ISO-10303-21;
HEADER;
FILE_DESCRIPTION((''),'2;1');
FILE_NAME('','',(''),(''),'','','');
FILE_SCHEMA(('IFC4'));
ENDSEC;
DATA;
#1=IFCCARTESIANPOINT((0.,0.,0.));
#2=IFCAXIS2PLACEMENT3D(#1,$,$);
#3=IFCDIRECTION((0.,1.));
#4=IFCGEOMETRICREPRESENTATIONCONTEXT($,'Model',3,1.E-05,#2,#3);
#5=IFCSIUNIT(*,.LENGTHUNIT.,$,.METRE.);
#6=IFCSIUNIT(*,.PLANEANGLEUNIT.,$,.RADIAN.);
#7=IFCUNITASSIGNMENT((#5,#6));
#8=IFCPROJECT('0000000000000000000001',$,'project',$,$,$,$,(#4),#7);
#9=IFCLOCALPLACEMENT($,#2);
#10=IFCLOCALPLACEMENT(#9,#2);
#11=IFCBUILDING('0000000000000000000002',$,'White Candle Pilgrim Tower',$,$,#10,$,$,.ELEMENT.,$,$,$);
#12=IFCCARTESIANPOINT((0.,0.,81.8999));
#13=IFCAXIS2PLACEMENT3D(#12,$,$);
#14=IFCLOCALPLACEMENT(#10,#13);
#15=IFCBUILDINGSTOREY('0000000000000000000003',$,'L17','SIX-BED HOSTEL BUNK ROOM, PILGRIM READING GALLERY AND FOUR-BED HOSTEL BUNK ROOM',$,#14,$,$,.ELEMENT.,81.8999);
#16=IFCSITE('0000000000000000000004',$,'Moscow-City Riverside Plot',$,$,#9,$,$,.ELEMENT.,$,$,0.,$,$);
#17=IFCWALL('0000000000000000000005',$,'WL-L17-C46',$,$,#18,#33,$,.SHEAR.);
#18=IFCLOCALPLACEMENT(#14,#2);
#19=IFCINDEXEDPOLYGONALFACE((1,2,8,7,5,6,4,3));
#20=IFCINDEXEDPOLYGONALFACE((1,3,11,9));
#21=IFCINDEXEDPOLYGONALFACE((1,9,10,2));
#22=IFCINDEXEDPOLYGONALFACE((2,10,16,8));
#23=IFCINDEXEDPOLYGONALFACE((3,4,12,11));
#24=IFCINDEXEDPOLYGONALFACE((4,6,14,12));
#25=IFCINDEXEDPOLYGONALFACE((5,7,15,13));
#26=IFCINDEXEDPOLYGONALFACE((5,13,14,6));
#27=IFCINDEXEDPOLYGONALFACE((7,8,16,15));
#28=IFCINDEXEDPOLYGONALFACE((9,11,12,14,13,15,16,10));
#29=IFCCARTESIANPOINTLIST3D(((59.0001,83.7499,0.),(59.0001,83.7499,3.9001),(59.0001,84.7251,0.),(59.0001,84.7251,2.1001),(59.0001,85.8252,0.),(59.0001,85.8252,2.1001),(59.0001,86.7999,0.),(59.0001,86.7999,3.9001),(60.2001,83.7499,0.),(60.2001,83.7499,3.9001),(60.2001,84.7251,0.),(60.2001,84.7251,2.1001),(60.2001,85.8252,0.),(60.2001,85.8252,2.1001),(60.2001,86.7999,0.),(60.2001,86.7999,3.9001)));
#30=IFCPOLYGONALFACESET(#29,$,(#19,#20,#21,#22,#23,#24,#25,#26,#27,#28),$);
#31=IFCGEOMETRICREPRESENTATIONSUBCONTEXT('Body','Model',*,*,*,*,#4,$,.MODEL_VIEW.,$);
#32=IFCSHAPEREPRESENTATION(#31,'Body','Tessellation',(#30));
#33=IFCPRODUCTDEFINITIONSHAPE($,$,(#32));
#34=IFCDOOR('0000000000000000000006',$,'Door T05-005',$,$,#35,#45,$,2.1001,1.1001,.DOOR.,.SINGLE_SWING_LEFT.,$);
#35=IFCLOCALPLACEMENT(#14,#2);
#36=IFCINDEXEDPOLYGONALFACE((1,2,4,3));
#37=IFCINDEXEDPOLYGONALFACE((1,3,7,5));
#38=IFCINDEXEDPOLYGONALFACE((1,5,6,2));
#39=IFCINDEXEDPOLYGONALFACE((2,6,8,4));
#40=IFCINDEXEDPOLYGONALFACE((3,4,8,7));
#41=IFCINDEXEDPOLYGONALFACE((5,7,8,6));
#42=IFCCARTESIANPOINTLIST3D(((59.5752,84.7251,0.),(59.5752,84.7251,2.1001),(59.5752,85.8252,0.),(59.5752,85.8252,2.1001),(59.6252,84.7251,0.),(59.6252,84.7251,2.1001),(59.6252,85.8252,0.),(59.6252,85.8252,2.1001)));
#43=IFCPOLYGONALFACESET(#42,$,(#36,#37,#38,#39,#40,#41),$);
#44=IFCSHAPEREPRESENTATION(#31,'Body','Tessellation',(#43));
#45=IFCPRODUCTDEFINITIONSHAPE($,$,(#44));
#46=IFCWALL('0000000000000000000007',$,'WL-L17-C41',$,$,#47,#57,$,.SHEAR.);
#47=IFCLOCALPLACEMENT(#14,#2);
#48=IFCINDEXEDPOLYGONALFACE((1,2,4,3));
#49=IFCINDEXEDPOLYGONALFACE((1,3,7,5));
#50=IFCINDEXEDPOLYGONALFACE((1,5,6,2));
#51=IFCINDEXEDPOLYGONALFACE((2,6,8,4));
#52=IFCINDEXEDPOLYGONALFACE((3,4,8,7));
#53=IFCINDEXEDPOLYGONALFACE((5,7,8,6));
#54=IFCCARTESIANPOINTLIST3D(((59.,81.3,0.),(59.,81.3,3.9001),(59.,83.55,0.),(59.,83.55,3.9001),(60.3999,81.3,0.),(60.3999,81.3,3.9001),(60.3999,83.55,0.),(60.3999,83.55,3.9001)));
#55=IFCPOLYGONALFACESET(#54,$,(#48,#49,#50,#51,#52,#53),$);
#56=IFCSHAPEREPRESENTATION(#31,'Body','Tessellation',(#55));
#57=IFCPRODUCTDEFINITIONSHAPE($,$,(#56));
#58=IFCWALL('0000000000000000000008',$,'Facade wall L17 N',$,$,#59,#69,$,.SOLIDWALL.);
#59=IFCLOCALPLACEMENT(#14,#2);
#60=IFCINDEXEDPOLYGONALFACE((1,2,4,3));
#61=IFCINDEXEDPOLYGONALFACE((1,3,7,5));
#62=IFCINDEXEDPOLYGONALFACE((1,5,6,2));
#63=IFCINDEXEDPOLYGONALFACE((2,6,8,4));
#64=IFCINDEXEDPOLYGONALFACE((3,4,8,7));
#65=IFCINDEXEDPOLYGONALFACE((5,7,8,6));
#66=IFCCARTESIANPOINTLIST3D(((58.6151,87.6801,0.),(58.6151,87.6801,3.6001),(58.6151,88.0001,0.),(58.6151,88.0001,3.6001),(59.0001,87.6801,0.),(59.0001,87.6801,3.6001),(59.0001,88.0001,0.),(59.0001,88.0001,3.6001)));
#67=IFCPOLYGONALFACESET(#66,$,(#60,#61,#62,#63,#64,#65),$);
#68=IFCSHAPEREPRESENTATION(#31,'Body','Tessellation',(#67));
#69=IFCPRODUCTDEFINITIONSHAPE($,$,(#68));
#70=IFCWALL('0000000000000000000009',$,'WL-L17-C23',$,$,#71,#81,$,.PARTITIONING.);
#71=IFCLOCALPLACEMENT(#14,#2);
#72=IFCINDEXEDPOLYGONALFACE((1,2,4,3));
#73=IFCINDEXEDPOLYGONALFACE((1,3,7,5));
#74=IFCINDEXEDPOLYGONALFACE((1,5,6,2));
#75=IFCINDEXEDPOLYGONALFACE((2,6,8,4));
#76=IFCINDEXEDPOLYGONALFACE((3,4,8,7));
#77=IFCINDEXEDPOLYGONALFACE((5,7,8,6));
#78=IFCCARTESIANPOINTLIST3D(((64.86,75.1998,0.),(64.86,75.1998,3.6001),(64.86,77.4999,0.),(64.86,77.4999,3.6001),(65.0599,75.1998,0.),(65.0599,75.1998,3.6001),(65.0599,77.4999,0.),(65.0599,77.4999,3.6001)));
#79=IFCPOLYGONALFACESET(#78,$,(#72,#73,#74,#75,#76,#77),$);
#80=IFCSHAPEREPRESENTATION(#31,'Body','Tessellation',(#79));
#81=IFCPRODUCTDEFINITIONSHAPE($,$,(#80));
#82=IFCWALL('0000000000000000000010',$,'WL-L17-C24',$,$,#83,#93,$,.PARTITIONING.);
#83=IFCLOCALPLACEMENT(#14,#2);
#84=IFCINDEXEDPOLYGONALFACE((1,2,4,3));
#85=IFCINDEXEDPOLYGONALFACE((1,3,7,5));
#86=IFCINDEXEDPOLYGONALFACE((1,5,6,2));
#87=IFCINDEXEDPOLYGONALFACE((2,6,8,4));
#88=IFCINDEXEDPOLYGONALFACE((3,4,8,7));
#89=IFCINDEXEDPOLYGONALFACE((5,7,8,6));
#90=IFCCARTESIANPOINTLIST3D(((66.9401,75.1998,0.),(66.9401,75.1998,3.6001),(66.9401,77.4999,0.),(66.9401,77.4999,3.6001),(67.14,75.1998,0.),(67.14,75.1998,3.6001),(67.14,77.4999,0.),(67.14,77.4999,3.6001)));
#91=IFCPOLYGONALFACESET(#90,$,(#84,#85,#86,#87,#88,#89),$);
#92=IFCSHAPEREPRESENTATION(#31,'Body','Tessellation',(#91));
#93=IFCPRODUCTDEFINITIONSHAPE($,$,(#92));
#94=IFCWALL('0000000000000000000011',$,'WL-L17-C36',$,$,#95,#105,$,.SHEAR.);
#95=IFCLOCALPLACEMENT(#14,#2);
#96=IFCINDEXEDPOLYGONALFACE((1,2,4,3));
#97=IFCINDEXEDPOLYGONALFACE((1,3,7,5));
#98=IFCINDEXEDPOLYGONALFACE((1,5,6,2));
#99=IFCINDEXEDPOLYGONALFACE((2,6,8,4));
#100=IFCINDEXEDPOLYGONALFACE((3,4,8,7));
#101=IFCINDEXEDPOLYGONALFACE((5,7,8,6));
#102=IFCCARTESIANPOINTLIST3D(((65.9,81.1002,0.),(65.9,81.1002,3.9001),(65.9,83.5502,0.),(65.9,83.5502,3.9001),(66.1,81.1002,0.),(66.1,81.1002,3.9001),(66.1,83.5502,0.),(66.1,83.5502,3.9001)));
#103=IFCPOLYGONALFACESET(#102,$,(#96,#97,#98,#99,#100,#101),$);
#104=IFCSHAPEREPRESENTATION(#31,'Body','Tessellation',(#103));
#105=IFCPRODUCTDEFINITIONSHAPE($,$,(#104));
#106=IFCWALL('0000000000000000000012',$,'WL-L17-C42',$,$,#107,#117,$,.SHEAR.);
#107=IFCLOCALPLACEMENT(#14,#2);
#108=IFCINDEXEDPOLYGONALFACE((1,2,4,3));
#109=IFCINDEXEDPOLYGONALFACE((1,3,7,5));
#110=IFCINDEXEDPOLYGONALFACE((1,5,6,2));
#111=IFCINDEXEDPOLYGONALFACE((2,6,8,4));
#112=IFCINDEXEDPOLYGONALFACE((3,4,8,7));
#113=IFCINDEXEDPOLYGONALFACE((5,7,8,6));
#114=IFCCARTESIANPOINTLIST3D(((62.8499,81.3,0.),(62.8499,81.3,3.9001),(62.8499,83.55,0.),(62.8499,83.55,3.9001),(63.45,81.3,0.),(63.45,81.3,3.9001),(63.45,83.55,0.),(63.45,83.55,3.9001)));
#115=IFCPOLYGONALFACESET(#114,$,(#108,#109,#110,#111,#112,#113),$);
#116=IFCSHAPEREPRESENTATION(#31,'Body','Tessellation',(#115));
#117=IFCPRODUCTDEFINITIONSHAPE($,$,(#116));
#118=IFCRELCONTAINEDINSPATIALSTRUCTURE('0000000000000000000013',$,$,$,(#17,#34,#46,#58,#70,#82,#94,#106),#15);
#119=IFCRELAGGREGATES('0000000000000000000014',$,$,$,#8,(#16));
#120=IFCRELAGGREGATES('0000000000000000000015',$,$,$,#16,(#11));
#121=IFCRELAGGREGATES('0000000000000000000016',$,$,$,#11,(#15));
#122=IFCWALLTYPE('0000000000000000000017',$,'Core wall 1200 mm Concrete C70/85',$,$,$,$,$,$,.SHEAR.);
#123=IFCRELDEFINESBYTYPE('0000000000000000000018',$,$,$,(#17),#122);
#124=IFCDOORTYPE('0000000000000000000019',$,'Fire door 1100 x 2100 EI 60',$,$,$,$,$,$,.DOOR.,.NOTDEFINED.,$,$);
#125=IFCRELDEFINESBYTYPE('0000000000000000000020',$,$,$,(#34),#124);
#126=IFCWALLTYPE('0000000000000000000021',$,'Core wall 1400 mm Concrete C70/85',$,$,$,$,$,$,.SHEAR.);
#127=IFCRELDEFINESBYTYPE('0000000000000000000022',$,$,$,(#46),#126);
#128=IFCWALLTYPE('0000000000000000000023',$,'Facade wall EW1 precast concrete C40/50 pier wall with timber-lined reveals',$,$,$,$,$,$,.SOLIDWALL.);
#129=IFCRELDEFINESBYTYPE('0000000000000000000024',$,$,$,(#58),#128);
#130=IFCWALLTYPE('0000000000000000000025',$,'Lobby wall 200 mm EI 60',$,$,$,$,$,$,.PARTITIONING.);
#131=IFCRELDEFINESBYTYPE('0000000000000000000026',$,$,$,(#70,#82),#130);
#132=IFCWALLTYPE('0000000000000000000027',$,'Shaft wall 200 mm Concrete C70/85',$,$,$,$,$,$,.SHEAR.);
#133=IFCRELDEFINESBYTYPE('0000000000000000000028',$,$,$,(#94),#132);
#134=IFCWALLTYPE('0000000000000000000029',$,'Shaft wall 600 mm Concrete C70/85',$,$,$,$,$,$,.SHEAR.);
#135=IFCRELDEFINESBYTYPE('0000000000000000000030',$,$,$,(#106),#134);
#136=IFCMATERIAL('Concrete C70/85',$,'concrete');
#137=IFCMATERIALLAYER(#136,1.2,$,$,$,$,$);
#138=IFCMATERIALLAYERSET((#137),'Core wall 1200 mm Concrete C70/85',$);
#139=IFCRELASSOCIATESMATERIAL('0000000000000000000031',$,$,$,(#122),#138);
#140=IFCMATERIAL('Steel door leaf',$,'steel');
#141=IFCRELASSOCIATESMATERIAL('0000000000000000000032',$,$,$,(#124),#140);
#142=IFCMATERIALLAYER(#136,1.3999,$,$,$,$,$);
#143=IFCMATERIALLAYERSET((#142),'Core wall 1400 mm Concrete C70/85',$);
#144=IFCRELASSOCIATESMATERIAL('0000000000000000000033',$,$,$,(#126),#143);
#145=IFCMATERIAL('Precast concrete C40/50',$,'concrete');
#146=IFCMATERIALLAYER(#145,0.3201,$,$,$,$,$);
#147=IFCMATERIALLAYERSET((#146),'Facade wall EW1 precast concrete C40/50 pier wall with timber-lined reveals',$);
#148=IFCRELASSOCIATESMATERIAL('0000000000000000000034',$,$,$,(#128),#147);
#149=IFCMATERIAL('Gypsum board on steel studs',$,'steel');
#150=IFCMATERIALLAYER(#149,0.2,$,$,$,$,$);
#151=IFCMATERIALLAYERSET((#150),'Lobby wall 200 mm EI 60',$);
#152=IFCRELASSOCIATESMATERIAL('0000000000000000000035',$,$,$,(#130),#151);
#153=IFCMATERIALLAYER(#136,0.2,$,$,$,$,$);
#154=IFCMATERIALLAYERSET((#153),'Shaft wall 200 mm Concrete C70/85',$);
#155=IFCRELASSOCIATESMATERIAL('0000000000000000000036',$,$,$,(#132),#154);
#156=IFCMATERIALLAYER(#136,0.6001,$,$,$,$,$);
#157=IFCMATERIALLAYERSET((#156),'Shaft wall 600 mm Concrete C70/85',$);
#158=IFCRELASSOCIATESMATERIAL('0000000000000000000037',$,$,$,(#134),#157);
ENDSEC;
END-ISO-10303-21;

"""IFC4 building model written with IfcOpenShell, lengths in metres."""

from ifc_helpers import new_model, si_unit, direction, frame, frame_2d, origin, place, context, subcontext, project, spatial, rectangle, extrude, material, layer, layer_set, type_object, element, fill, save


model = new_model("IFC4")

# Units and contexts
model_context = context("Model", 3, precision=1e-05, world=origin(), true_north=direction((0.0, 1.0)))
body_context = subcontext(model_context, "Body", "Model", "MODEL_VIEW")
ifc_project = project(units=[si_unit("LENGTHUNIT", "METRE"), si_unit("PLANEANGLEUNIT", "RADIAN")], contexts=[model_context])

# Site, building, storey
site_placement = place(None, origin())
site = spatial("IfcSite", under=ifc_project, at=site_placement, Name="Moscow-City Riverside Plot", CompositionType="ELEMENT", RefElevation=0.0)
building_placement = place(site_placement, origin())
building = spatial("IfcBuilding", under=site, at=building_placement, Name="White Candle Pilgrim Tower", CompositionType="ELEMENT")
storey_placement = place(building_placement, frame((0.0, 0.0, 81.8999)))
storey = spatial("IfcBuildingStorey", under=building, at=storey_placement, Name="L17", Description="SIX-BED HOSTEL BUNK ROOM, PILGRIM READING GALLERY AND FOUR-BED HOSTEL BUNK ROOM", CompositionType="ELEMENT", Elevation=81.8999)

# Wall, opening, door
ifc_material_1 = material(Name="Concrete C70/85", Category="concrete")
ifc_layer_1 = layer(ifc_material_1, 1.2)
ifc_layer_set_1 = layer_set([ifc_layer_1], Name="Core wall 1200 mm Concrete C70/85")
wall_type_1 = type_object("IfcWallType", Name="Core wall 1200 mm Concrete C70/85", PredefinedType="SHEAR", material=ifc_layer_set_1)
wall_1_placement = place(storey_placement, frame((59.6001, 83.75, 0.0), z_axis=(0.0, 0.0, 1.0), x_axis=(0.0, 1.0, 0.0)))
wall_1 = element("IfcWall", 1, at=wall_1_placement, inside=storey, type_object=wall_type_1, Name="WL-L17-C46", PredefinedType="SHEAR", context=body_context, shape_type="SweptSolid", body=[
    extrude(rectangle(XDim=3.05, YDim=1.2, at=frame_2d((1.5249, 0.0))), origin(), (0.0, 0.0, 1.0), 3.9001),
])
opening_1_placement = place(wall_1_placement, frame((0.9751, 0.0, 0.0)))
opening_1 = element("IfcOpeningElement", 2, at=opening_1_placement, cuts=wall_1, PredefinedType="OPENING", context=body_context, shape_type="SweptSolid", body=[
    extrude(rectangle(XDim=1.1001, YDim=2.1001, at=frame_2d((0.55, 1.05))), frame((0.0, 0.6099, 0.0), z_axis=(0.0, -1.0, 0.0), x_axis=(1.0, 0.0, 0.0)), (0.0, 0.0, 1.0), 1.22),
])
ifc_material_2 = material(Name="Steel door leaf", Category="steel")
door_type_1 = type_object("IfcDoorType", Name="Fire door 1100 x 2100 EI 60", OperationType="NOTDEFINED", PredefinedType="DOOR", material=ifc_material_2)
door_1_placement = place(opening_1_placement, origin())
door_1 = element("IfcDoor", 3, at=door_1_placement, inside=storey, type_object=door_type_1, Name="Door T05-005", OperationType="SINGLE_SWING_LEFT", OverallHeight=2.1001, OverallWidth=1.1001, PredefinedType="DOOR", context=body_context, shape_type="SweptSolid", body=[
    extrude(rectangle(XDim=1.1001, YDim=2.1001, at=frame_2d((0.55, 1.05))), frame((0.0, 0.0249, 0.0), z_axis=(0.0, -1.0, 0.0), x_axis=(1.0, 0.0, 0.0)), (0.0, 0.0, 1.0), 0.05),
])
fill(opening_1, door_1)

# Walls
ifc_layer_2 = layer(ifc_material_1, 1.3999)
ifc_layer_set_2 = layer_set([ifc_layer_2], Name="Core wall 1400 mm Concrete C70/85")
wall_type_2 = type_object("IfcWallType", Name="Core wall 1400 mm Concrete C70/85", PredefinedType="SHEAR", material=ifc_layer_set_2)
wall_2_placement = place(storey_placement, frame((59.7, 81.3, 0.0), z_axis=(0.0, 0.0, 1.0), x_axis=(0.0, 1.0, 0.0)))
element("IfcWall", 4, at=wall_2_placement, inside=storey, type_object=wall_type_2, Name="WL-L17-C41", PredefinedType="SHEAR", context=body_context, shape_type="SweptSolid", body=[
    extrude(rectangle(XDim=2.25, YDim=1.3999, at=frame_2d((1.125, 0.0))), origin(), (0.0, 0.0, 1.0), 3.9001),
])
ifc_material_3 = material(Name="Precast concrete C40/50", Category="concrete")
ifc_layer_3 = layer(ifc_material_3, 0.3201)
ifc_layer_set_3 = layer_set([ifc_layer_3], Name="Facade wall EW1 precast concrete C40/50 pier wall with timber-lined reveals")
wall_type_3 = type_object("IfcWallType", Name="Facade wall EW1 precast concrete C40/50 pier wall with timber-lined reveals", PredefinedType="SOLIDWALL", material=ifc_layer_set_3)
wall_3_placement = place(storey_placement, frame((59.0, 87.8401, 0.0), z_axis=(0.0, 0.0, 1.0), x_axis=(-1.0, 0.0, 0.0)))
element("IfcWall", 5, at=wall_3_placement, inside=storey, type_object=wall_type_3, Name="Facade wall L17 N", PredefinedType="SOLIDWALL", context=body_context, shape_type="SweptSolid", body=[
    extrude(rectangle(XDim=0.385, YDim=0.3201, at=frame_2d((0.1924, 0.0))), origin(), (0.0, 0.0, 1.0), 3.6001),
])
ifc_material_4 = material(Name="Gypsum board on steel studs", Category="steel")
ifc_layer_4 = layer(ifc_material_4, 0.2)
ifc_layer_set_4 = layer_set([ifc_layer_4], Name="Lobby wall 200 mm EI 60")
wall_type_4 = type_object("IfcWallType", Name="Lobby wall 200 mm EI 60", PredefinedType="PARTITIONING", material=ifc_layer_set_4)
for number, where, z_axis, x_axis, name in (
    (6, (64.96, 75.2, 0.0), (0.0, 0.0, 1.0), (0.0, 1.0, 0.0), "WL-L17-C23"),
    (7, (67.04, 75.2, 0.0), (0.0, 0.0, 1.0), (0.0, 1.0, 0.0), "WL-L17-C24"),
):
    element("IfcWall", number, at=place(storey_placement, frame(where, z_axis=z_axis, x_axis=x_axis)), inside=storey, type_object=wall_type_4, Name=name, PredefinedType="PARTITIONING", context=body_context, shape_type="SweptSolid", body=[
        extrude(rectangle(XDim=2.3, YDim=0.2, at=frame_2d((1.1499, 0.0))), origin(), (0.0, 0.0, 1.0), 3.6001),
    ])
ifc_layer_5 = layer(ifc_material_1, 0.2)
ifc_layer_set_5 = layer_set([ifc_layer_5], Name="Shaft wall 200 mm Concrete C70/85")
wall_type_5 = type_object("IfcWallType", Name="Shaft wall 200 mm Concrete C70/85", PredefinedType="SHEAR", material=ifc_layer_set_5)
wall_4_placement = place(storey_placement, frame((66.0, 81.1001, 0.0), z_axis=(0.0, 0.0, 1.0), x_axis=(0.0, 1.0, 0.0)))
element("IfcWall", 8, at=wall_4_placement, inside=storey, type_object=wall_type_5, Name="WL-L17-C36", PredefinedType="SHEAR", context=body_context, shape_type="SweptSolid", body=[
    extrude(rectangle(XDim=2.45, YDim=0.2, at=frame_2d((1.2251, 0.0))), origin(), (0.0, 0.0, 1.0), 3.9001),
])
ifc_layer_6 = layer(ifc_material_1, 0.6001)
ifc_layer_set_6 = layer_set([ifc_layer_6], Name="Shaft wall 600 mm Concrete C70/85")
wall_type_6 = type_object("IfcWallType", Name="Shaft wall 600 mm Concrete C70/85", PredefinedType="SHEAR", material=ifc_layer_set_6)
wall_5_placement = place(storey_placement, frame((63.1499, 81.3, 0.0), z_axis=(0.0, 0.0, 1.0), x_axis=(0.0, 1.0, 0.0)))
element("IfcWall", 9, at=wall_5_placement, inside=storey, type_object=wall_type_6, Name="WL-L17-C42", PredefinedType="SHEAR", context=body_context, shape_type="SweptSolid", body=[
    extrude(rectangle(XDim=2.25, YDim=0.6001, at=frame_2d((1.125, 0.0))), origin(), (0.0, 0.0, 1.0), 3.9001),
])

save(model, "model.ifc")
